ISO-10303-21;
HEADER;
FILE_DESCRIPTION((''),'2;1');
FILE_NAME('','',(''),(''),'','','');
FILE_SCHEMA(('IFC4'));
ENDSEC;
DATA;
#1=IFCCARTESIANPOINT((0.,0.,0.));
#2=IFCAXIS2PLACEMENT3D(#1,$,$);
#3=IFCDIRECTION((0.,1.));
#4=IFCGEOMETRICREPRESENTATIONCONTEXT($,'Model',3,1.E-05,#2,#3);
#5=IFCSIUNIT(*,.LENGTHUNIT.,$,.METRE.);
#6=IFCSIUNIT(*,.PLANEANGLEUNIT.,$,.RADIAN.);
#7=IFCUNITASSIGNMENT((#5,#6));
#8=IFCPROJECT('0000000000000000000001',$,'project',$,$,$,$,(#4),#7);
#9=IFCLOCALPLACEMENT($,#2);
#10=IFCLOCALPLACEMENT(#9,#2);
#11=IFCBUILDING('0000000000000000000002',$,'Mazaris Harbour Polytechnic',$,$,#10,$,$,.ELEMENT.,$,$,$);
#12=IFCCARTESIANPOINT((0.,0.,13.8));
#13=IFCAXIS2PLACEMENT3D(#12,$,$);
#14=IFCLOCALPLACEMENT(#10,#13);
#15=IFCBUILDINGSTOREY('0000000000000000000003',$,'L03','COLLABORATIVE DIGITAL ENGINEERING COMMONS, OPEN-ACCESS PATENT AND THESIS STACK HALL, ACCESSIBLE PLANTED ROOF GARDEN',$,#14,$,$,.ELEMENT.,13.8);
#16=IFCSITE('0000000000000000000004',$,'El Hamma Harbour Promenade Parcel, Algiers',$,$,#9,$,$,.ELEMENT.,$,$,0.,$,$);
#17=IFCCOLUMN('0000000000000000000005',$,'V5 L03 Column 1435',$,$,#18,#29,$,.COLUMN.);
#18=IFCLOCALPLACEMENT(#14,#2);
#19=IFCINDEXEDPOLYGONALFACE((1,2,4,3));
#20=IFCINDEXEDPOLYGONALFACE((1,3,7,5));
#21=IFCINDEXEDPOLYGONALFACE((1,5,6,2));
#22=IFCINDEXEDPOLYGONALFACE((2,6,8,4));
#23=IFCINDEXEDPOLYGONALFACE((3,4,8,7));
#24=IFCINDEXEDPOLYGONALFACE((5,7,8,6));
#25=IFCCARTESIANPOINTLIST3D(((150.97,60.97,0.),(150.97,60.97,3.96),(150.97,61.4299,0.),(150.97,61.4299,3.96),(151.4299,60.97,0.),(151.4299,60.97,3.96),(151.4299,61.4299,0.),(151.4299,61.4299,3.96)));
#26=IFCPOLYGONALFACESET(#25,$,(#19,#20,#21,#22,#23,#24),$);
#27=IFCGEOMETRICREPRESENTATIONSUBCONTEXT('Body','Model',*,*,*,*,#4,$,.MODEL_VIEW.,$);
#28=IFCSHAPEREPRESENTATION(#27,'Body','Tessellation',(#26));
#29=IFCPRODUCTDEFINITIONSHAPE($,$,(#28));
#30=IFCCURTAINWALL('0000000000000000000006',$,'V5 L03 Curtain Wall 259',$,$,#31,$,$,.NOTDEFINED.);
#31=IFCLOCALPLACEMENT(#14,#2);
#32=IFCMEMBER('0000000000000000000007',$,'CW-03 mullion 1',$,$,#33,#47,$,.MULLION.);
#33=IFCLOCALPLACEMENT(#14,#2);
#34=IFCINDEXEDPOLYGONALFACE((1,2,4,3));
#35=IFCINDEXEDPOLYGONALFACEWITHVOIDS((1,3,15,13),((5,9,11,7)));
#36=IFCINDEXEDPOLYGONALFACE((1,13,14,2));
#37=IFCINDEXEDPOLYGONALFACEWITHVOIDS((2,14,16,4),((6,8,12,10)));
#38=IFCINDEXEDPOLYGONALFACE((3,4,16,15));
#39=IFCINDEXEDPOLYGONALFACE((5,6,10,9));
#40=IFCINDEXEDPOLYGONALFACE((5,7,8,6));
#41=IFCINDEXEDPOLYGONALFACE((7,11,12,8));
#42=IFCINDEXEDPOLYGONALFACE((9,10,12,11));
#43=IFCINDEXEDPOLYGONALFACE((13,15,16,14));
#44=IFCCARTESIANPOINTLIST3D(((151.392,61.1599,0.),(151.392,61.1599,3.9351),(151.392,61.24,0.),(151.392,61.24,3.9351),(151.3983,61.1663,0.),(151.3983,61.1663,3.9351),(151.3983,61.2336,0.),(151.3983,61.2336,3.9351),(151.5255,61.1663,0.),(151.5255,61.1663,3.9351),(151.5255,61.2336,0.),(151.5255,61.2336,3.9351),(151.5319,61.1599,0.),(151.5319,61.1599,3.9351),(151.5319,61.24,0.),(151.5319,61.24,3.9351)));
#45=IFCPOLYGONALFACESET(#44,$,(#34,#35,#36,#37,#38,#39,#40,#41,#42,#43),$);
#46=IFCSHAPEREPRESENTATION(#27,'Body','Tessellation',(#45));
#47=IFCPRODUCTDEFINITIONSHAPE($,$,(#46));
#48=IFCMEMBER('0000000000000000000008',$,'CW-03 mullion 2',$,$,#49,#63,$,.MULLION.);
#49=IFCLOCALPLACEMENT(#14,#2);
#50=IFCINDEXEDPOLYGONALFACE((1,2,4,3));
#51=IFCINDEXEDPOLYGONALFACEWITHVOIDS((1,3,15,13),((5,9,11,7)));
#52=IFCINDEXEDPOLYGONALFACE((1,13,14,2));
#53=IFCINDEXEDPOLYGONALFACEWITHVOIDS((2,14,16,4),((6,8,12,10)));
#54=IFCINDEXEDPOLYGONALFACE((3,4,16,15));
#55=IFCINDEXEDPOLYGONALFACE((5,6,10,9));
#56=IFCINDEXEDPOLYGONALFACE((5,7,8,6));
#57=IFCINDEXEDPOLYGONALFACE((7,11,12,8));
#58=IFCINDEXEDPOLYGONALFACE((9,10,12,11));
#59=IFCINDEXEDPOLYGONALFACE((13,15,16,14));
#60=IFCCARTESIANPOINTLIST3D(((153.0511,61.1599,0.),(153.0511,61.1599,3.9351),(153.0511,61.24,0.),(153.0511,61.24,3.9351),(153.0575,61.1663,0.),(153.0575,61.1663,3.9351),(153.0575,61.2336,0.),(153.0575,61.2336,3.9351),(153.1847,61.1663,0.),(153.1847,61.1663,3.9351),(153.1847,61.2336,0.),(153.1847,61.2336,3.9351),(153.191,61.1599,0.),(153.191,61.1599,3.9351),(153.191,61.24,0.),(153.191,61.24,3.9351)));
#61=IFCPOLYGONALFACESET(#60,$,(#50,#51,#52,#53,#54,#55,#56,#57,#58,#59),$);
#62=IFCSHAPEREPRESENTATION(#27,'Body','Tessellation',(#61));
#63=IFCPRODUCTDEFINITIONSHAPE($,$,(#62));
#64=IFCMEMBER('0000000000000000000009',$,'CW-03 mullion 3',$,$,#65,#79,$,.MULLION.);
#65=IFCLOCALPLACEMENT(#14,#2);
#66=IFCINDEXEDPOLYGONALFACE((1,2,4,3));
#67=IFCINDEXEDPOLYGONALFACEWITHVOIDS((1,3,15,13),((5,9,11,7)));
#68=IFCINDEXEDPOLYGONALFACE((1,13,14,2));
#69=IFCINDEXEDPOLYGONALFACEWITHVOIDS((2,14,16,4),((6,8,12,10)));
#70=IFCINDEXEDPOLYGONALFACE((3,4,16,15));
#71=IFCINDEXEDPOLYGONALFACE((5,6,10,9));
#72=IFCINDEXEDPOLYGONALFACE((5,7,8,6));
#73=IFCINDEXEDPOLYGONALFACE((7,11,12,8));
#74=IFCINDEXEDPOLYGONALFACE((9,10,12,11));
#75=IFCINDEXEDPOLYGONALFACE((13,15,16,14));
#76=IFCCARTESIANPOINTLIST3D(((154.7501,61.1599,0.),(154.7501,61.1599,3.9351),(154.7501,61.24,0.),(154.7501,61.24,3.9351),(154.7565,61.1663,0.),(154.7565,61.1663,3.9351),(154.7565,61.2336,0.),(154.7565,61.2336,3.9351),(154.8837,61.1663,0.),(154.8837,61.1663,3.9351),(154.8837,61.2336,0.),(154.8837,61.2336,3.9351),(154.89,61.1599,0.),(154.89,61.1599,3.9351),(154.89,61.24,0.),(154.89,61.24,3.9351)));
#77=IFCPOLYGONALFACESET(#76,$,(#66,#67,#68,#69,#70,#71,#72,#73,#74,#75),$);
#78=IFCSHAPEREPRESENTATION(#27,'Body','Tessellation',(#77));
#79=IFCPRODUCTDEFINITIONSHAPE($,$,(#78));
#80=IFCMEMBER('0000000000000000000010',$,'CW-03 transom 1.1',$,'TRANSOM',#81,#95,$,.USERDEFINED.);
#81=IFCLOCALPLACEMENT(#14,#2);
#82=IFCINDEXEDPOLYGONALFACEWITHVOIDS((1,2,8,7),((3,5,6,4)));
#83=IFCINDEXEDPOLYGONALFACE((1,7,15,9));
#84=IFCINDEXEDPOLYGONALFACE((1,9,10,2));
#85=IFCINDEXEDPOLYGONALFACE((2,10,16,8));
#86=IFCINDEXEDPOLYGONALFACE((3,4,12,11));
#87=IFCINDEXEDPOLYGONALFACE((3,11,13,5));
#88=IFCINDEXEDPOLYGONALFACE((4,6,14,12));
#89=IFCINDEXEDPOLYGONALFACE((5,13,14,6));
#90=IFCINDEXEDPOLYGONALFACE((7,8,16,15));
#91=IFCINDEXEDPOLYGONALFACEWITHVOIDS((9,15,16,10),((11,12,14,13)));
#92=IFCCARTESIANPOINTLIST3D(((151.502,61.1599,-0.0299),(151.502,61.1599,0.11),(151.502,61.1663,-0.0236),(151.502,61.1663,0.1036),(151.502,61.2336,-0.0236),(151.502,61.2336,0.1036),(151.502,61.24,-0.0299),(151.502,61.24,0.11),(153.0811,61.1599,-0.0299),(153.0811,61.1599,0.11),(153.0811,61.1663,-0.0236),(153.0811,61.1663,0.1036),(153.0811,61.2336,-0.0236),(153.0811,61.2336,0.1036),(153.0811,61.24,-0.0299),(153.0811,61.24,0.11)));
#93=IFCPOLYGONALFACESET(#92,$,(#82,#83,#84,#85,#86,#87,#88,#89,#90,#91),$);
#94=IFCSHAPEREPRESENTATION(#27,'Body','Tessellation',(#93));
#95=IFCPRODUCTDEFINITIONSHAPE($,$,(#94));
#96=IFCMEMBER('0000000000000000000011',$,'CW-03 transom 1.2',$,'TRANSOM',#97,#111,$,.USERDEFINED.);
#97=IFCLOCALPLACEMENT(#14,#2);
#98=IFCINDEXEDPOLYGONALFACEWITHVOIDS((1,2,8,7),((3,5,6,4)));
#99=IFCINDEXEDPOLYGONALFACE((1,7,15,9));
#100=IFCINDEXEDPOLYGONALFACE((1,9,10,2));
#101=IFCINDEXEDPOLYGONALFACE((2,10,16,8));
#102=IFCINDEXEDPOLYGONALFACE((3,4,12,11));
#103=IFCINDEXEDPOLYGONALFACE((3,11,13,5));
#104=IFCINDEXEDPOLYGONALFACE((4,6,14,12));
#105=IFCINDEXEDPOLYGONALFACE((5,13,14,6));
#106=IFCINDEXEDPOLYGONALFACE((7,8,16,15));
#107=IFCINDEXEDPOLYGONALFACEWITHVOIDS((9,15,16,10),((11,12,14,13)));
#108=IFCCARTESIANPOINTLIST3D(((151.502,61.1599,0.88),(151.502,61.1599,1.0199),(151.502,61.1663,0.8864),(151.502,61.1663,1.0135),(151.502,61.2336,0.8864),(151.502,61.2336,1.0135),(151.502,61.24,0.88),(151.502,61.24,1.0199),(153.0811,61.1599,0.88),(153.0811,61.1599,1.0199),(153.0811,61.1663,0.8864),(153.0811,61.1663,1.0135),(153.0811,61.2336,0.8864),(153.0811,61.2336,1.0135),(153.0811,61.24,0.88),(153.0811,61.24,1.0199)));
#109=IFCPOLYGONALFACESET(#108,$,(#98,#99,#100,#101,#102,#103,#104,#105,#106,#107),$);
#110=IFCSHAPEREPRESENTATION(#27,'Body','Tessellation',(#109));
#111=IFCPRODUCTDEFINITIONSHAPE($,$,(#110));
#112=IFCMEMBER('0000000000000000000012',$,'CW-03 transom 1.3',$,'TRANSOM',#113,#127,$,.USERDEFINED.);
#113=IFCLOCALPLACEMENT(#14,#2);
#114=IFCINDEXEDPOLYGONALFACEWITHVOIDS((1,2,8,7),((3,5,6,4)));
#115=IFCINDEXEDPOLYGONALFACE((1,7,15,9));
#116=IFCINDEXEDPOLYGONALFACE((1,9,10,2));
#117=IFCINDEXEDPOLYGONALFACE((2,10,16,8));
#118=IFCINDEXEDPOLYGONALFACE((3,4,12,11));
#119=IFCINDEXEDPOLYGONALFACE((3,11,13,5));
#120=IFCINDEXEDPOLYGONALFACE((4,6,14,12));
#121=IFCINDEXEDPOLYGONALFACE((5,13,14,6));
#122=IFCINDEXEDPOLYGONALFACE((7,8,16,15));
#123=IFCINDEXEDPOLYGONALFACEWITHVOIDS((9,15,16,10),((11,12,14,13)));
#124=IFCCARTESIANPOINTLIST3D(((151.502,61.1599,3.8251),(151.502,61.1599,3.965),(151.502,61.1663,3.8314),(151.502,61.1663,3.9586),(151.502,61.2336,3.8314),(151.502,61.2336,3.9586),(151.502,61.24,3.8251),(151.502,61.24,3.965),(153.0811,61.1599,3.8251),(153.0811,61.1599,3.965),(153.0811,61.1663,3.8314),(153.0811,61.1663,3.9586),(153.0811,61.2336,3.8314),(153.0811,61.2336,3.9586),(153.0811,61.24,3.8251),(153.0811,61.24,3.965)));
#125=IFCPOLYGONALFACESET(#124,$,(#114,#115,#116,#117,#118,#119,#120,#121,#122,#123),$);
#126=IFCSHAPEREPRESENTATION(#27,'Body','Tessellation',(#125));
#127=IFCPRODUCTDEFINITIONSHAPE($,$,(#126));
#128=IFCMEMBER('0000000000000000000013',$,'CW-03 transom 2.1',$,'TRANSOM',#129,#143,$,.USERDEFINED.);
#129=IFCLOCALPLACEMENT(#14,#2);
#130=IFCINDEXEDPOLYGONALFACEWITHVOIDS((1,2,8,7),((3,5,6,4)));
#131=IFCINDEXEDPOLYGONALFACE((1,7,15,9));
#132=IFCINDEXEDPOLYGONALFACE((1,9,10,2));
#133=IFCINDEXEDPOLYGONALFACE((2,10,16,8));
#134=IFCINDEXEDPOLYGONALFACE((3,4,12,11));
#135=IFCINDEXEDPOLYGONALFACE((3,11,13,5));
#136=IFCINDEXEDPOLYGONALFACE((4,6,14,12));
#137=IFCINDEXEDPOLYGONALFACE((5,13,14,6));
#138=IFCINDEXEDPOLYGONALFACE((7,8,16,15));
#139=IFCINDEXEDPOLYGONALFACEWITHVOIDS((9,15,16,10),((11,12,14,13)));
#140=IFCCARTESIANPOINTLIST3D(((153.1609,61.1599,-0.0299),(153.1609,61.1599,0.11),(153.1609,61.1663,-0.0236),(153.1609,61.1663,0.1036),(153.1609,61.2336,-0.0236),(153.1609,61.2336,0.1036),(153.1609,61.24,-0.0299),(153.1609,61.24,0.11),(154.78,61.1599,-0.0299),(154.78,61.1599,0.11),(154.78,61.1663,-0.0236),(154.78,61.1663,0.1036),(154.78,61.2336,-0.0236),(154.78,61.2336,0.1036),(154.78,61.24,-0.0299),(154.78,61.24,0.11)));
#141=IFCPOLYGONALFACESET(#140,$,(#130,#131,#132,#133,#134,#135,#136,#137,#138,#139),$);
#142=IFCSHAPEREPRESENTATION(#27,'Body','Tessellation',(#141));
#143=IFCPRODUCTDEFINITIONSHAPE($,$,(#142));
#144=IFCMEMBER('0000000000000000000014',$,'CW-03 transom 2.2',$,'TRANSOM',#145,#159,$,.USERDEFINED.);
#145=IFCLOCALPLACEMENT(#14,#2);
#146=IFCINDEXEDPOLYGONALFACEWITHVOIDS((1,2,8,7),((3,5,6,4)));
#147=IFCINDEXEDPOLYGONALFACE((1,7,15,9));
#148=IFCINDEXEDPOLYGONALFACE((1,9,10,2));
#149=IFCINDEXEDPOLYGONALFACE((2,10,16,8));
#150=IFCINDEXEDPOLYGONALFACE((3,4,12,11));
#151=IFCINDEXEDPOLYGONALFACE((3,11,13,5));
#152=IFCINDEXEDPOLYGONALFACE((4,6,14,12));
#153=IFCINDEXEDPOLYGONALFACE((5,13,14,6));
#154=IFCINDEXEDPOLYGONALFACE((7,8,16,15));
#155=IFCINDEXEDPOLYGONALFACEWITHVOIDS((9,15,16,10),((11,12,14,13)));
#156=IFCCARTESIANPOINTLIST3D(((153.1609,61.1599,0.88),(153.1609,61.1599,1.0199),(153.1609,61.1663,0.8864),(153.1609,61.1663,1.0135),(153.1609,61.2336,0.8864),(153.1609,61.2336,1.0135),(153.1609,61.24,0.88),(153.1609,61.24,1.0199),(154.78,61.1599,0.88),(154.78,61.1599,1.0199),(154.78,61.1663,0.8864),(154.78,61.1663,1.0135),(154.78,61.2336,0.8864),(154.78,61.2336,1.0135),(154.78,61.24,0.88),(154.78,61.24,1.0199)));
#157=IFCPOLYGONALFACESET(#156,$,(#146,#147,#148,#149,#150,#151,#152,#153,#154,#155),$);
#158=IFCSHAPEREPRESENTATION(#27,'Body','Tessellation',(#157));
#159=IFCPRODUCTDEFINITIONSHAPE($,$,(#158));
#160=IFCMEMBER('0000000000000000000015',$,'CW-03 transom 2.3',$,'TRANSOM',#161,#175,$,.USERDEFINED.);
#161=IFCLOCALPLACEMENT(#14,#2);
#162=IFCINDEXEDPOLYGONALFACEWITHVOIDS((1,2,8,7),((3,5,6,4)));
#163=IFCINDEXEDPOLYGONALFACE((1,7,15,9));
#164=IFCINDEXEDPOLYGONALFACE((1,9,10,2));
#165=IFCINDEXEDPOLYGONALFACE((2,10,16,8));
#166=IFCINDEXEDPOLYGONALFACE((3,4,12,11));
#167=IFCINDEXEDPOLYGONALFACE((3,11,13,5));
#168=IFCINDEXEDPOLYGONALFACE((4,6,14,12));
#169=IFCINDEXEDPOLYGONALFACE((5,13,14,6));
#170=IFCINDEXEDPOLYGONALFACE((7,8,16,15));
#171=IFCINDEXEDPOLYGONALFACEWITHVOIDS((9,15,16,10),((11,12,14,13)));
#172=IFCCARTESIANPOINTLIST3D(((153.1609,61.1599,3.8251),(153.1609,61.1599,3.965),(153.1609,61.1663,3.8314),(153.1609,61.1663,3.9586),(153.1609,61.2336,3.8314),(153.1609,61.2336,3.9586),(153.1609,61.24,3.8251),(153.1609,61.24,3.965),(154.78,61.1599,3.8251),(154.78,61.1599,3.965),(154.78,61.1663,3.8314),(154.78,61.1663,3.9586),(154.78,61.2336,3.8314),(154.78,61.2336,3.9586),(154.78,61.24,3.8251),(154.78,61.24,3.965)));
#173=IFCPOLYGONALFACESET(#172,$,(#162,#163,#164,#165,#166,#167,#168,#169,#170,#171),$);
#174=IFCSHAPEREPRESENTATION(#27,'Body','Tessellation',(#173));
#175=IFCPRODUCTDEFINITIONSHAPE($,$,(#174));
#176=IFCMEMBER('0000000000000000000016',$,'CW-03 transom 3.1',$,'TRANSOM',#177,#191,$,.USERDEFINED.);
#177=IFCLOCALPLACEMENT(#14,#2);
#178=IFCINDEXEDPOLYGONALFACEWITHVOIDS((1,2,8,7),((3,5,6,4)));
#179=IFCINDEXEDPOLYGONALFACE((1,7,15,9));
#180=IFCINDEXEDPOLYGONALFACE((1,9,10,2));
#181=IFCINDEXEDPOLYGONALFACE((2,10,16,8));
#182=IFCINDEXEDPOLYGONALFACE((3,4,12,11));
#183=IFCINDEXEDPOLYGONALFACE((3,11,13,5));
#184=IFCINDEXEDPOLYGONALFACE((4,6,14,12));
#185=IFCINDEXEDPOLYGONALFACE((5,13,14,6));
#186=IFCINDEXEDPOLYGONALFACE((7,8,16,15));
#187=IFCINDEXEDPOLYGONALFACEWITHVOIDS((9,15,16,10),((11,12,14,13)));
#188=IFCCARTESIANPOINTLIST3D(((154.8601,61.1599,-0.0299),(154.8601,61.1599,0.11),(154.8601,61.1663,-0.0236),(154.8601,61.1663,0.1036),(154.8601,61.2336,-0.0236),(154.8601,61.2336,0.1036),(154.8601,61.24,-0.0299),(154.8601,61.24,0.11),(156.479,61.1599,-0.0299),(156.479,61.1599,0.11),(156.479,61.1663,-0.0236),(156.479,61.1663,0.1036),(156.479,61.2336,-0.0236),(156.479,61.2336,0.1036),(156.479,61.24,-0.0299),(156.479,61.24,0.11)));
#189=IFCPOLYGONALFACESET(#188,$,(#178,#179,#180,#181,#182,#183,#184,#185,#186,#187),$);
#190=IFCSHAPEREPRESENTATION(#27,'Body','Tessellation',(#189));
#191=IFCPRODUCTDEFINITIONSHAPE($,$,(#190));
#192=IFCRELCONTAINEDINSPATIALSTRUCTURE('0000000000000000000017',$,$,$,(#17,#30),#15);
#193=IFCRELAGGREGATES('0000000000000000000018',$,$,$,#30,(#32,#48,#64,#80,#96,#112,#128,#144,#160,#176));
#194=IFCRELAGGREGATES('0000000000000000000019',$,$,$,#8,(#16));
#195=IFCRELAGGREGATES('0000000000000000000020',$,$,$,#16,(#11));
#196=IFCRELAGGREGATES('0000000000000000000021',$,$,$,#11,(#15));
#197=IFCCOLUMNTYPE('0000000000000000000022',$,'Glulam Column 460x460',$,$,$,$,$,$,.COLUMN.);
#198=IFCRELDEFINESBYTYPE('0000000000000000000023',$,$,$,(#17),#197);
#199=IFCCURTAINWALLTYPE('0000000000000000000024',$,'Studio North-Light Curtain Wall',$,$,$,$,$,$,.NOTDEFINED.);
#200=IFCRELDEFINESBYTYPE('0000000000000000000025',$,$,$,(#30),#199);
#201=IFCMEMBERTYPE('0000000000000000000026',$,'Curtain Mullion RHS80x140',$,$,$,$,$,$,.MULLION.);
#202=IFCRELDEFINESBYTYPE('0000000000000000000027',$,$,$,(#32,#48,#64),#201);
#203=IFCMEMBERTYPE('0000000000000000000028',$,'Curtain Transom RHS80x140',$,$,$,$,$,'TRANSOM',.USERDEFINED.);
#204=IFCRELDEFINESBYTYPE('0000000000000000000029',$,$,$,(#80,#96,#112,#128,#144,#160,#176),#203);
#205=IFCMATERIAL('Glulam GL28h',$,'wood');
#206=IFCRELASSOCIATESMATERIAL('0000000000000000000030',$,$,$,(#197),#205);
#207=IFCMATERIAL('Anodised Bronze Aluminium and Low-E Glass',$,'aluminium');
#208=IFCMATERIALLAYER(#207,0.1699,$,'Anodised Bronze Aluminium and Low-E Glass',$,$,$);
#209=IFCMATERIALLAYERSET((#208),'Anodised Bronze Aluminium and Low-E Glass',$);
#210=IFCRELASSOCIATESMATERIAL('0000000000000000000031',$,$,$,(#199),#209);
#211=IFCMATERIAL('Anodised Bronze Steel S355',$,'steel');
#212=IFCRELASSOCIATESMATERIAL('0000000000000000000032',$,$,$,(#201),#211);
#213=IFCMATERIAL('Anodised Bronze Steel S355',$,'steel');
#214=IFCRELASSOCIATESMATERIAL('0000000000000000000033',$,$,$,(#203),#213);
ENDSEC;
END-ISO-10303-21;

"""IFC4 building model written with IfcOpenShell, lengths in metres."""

from ifc_helpers import new_model, si_unit, direction, frame, origin, origin_2d, place, context, subcontext, project, spatial, rectangle, hollow_rectangle, extrude, material, layer, layer_set, material_profile, profile_set, type_object, element, aggregate, save


model = new_model("IFC4")

# Units and contexts
model_context = context("Model", 3, precision=1e-05, world=origin(), true_north=direction((0.0, 1.0)))
body_context = subcontext(model_context, "Body", "Model", "MODEL_VIEW")
ifc_project = project(units=[si_unit("LENGTHUNIT", "METRE"), si_unit("PLANEANGLEUNIT", "RADIAN")], contexts=[model_context])

# Site, building, storey
site_placement = place(None, origin())
site = spatial("IfcSite", under=ifc_project, at=site_placement, Name="El Hamma Harbour Promenade Parcel, Algiers", CompositionType="ELEMENT", RefElevation=0.0)
building_placement = place(site_placement, origin())
building = spatial("IfcBuilding", under=site, at=building_placement, Name="Mazaris Harbour Polytechnic", CompositionType="ELEMENT")
storey_placement = place(building_placement, frame((0.0, 0.0, 13.8)))
storey = spatial("IfcBuildingStorey", under=building, at=storey_placement, Name="L03", Description="COLLABORATIVE DIGITAL ENGINEERING COMMONS, OPEN-ACCESS PATENT AND THESIS STACK HALL, ACCESSIBLE PLANTED ROOF GARDEN", CompositionType="ELEMENT", Elevation=13.8)

# Column
ifc_material_1 = material(Name="Glulam GL28h", Category="wood")
ifc_material_profile_1 = material_profile(ifc_material_1, rectangle(XDim=0.46, YDim=0.46, at=origin_2d()), Name="RECT460x460")
ifc_profile_set_1 = profile_set([ifc_material_profile_1], Name="Glulam GL28h")
column_type = type_object("IfcColumnType", Name="Glulam Column 460x460", PredefinedType="COLUMN", material=ifc_profile_set_1)
column_placement = place(storey_placement, frame((151.2, 61.2, 0.0), z_axis=(0.0, 0.0, 1.0), x_axis=(1.0, 0.0, 0.0)))
element("IfcColumn", 1, at=column_placement, inside=storey, type_object=column_type, Name="V5 L03 Column 1435", PredefinedType="COLUMN", context=body_context, shape_type="SweptSolid", body=[
    extrude(rectangle(XDim=0.46, YDim=0.46, at=origin_2d()), origin(), (0.0, 0.0, 1.0), 3.96),
])

# Curtain wall, members
ifc_material_2 = material(Name="Anodised Bronze Aluminium and Low-E Glass", Category="aluminium")
ifc_layer_1 = layer(ifc_material_2, 0.1699, Name="Anodised Bronze Aluminium and Low-E Glass")
ifc_layer_set_1 = layer_set([ifc_layer_1], Name="Anodised Bronze Aluminium and Low-E Glass")
curtain_wall_type = type_object("IfcCurtainWallType", Name="Studio North-Light Curtain Wall", PredefinedType="NOTDEFINED", material=ifc_layer_set_1)
curtain_wall_placement = place(storey_placement, origin())
curtain_wall = element("IfcCurtainWall", 2, at=curtain_wall_placement, inside=storey, type_object=curtain_wall_type, Name="V5 L03 Curtain Wall 259", PredefinedType="NOTDEFINED")
ifc_material_3 = material(Name="Anodised Bronze Steel S355", Category="steel")
ifc_material_profile_2 = material_profile(ifc_material_3, hollow_rectangle(XDim=0.0801, YDim=0.1399, WallThickness=0.0063, at=origin_2d()), Name="RHS 80x140x6.3")
ifc_profile_set_2 = profile_set([ifc_material_profile_2], Name="Anodised Bronze Steel S355")
member_type_1 = type_object("IfcMemberType", Name="Curtain Mullion RHS80x140", PredefinedType="MULLION", material=ifc_profile_set_2)
member_1_placement = place(storey_placement, frame((151.4619, 61.2, 0.0), z_axis=(0.0, 0.0, 1.0), x_axis=(0.0, 1.0, 0.0)))
member_1 = element("IfcMember", 3, at=member_1_placement, type_object=member_type_1, Name="CW-03 mullion 1", PredefinedType="MULLION", context=body_context, shape_type="SweptSolid", body=[
    extrude(hollow_rectangle(XDim=0.0801, YDim=0.1399, WallThickness=0.0063, at=origin_2d()), origin(), (0.0, 0.0, 1.0), 3.9351),
])
member_2_placement = place(storey_placement, frame((153.1211, 61.2, 0.0), z_axis=(0.0, 0.0, 1.0), x_axis=(0.0, 1.0, 0.0)))
member_2 = element("IfcMember", 4, at=member_2_placement, type_object=member_type_1, Name="CW-03 mullion 2", PredefinedType="MULLION", context=body_context, shape_type="SweptSolid", body=[
    extrude(hollow_rectangle(XDim=0.0801, YDim=0.1399, WallThickness=0.0063, at=origin_2d()), origin(), (0.0, 0.0, 1.0), 3.9351),
])
member_3_placement = place(storey_placement, frame((154.8201, 61.2, 0.0), z_axis=(0.0, 0.0, 1.0), x_axis=(0.0, 1.0, 0.0)))
member_3 = element("IfcMember", 5, at=member_3_placement, type_object=member_type_1, Name="CW-03 mullion 3", PredefinedType="MULLION", context=body_context, shape_type="SweptSolid", body=[
    extrude(hollow_rectangle(XDim=0.0801, YDim=0.1399, WallThickness=0.0063, at=origin_2d()), origin(), (0.0, 0.0, 1.0), 3.9351),
])
ifc_material_4 = material(Name="Anodised Bronze Steel S355", Category="steel")
ifc_material_profile_3 = material_profile(ifc_material_4, hollow_rectangle(XDim=0.0801, YDim=0.1399, WallThickness=0.0063, at=origin_2d()), Name="RHS 80x140x6.3")
ifc_profile_set_3 = profile_set([ifc_material_profile_3], Name="Anodised Bronze Steel S355")
member_type_2 = type_object("IfcMemberType", Name="Curtain Transom RHS80x140", ElementType="TRANSOM", PredefinedType="USERDEFINED", material=ifc_profile_set_3)
member_4_placement = place(storey_placement, frame((151.502, 61.2, 0.04), z_axis=(1.0, 0.0, 0.0), x_axis=(0.0, 1.0, 0.0)))
member_4 = element("IfcMember", 6, at=member_4_placement, type_object=member_type_2, Name="CW-03 transom 1.1", ObjectType="TRANSOM", PredefinedType="USERDEFINED", context=body_context, shape_type="SweptSolid", body=[
    extrude(hollow_rectangle(XDim=0.0801, YDim=0.1399, WallThickness=0.0063, at=origin_2d()), origin(), (0.0, 0.0, 1.0), 1.5791),
])
member_5_placement = place(storey_placement, frame((151.502, 61.2, 0.95), z_axis=(1.0, 0.0, 0.0), x_axis=(0.0, 1.0, 0.0)))
member_5 = element("IfcMember", 7, at=member_5_placement, type_object=member_type_2, Name="CW-03 transom 1.2", ObjectType="TRANSOM", PredefinedType="USERDEFINED", context=body_context, shape_type="SweptSolid", body=[
    extrude(hollow_rectangle(XDim=0.0801, YDim=0.1399, WallThickness=0.0063, at=origin_2d()), origin(), (0.0, 0.0, 1.0), 1.5791),
])
member_6_placement = place(storey_placement, frame((151.502, 61.2, 3.895), z_axis=(1.0, 0.0, 0.0), x_axis=(0.0, 1.0, 0.0)))
member_6 = element("IfcMember", 8, at=member_6_placement, type_object=member_type_2, Name="CW-03 transom 1.3", ObjectType="TRANSOM", PredefinedType="USERDEFINED", context=body_context, shape_type="SweptSolid", body=[
    extrude(hollow_rectangle(XDim=0.0801, YDim=0.1399, WallThickness=0.0063, at=origin_2d()), origin(), (0.0, 0.0, 1.0), 1.5791),
])
member_7_placement = place(storey_placement, frame((153.1609, 61.2, 0.04), z_axis=(1.0, 0.0, 0.0), x_axis=(0.0, 1.0, 0.0)))
member_7 = element("IfcMember", 9, at=member_7_placement, type_object=member_type_2, Name="CW-03 transom 2.1", ObjectType="TRANSOM", PredefinedType="USERDEFINED", context=body_context, shape_type="SweptSolid", body=[
    extrude(hollow_rectangle(XDim=0.0801, YDim=0.1399, WallThickness=0.0063, at=origin_2d()), origin(), (0.0, 0.0, 1.0), 1.6191),
])
member_8_placement = place(storey_placement, frame((153.1609, 61.2, 0.95), z_axis=(1.0, 0.0, 0.0), x_axis=(0.0, 1.0, 0.0)))
member_8 = element("IfcMember", 10, at=member_8_placement, type_object=member_type_2, Name="CW-03 transom 2.2", ObjectType="TRANSOM", PredefinedType="USERDEFINED", context=body_context, shape_type="SweptSolid", body=[
    extrude(hollow_rectangle(XDim=0.0801, YDim=0.1399, WallThickness=0.0063, at=origin_2d()), origin(), (0.0, 0.0, 1.0), 1.6191),
])
member_9_placement = place(storey_placement, frame((153.1609, 61.2, 3.895), z_axis=(1.0, 0.0, 0.0), x_axis=(0.0, 1.0, 0.0)))
member_9 = element("IfcMember", 11, at=member_9_placement, type_object=member_type_2, Name="CW-03 transom 2.3", ObjectType="TRANSOM", PredefinedType="USERDEFINED", context=body_context, shape_type="SweptSolid", body=[
    extrude(hollow_rectangle(XDim=0.0801, YDim=0.1399, WallThickness=0.0063, at=origin_2d()), origin(), (0.0, 0.0, 1.0), 1.6191),
])
member_10_placement = place(storey_placement, frame((154.8601, 61.2, 0.04), z_axis=(1.0, 0.0, 0.0), x_axis=(0.0, 1.0, 0.0)))
member_10 = element("IfcMember", 12, at=member_10_placement, type_object=member_type_2, Name="CW-03 transom 3.1", ObjectType="TRANSOM", PredefinedType="USERDEFINED", context=body_context, shape_type="SweptSolid", body=[
    extrude(hollow_rectangle(XDim=0.0801, YDim=0.1399, WallThickness=0.0063, at=origin_2d()), origin(), (0.0, 0.0, 1.0), 1.6189),
])
aggregate(curtain_wall, [member_1, member_2, member_3, member_4, member_5, member_6, member_7, member_8, member_9, member_10])

save(model, "model.ifc")
